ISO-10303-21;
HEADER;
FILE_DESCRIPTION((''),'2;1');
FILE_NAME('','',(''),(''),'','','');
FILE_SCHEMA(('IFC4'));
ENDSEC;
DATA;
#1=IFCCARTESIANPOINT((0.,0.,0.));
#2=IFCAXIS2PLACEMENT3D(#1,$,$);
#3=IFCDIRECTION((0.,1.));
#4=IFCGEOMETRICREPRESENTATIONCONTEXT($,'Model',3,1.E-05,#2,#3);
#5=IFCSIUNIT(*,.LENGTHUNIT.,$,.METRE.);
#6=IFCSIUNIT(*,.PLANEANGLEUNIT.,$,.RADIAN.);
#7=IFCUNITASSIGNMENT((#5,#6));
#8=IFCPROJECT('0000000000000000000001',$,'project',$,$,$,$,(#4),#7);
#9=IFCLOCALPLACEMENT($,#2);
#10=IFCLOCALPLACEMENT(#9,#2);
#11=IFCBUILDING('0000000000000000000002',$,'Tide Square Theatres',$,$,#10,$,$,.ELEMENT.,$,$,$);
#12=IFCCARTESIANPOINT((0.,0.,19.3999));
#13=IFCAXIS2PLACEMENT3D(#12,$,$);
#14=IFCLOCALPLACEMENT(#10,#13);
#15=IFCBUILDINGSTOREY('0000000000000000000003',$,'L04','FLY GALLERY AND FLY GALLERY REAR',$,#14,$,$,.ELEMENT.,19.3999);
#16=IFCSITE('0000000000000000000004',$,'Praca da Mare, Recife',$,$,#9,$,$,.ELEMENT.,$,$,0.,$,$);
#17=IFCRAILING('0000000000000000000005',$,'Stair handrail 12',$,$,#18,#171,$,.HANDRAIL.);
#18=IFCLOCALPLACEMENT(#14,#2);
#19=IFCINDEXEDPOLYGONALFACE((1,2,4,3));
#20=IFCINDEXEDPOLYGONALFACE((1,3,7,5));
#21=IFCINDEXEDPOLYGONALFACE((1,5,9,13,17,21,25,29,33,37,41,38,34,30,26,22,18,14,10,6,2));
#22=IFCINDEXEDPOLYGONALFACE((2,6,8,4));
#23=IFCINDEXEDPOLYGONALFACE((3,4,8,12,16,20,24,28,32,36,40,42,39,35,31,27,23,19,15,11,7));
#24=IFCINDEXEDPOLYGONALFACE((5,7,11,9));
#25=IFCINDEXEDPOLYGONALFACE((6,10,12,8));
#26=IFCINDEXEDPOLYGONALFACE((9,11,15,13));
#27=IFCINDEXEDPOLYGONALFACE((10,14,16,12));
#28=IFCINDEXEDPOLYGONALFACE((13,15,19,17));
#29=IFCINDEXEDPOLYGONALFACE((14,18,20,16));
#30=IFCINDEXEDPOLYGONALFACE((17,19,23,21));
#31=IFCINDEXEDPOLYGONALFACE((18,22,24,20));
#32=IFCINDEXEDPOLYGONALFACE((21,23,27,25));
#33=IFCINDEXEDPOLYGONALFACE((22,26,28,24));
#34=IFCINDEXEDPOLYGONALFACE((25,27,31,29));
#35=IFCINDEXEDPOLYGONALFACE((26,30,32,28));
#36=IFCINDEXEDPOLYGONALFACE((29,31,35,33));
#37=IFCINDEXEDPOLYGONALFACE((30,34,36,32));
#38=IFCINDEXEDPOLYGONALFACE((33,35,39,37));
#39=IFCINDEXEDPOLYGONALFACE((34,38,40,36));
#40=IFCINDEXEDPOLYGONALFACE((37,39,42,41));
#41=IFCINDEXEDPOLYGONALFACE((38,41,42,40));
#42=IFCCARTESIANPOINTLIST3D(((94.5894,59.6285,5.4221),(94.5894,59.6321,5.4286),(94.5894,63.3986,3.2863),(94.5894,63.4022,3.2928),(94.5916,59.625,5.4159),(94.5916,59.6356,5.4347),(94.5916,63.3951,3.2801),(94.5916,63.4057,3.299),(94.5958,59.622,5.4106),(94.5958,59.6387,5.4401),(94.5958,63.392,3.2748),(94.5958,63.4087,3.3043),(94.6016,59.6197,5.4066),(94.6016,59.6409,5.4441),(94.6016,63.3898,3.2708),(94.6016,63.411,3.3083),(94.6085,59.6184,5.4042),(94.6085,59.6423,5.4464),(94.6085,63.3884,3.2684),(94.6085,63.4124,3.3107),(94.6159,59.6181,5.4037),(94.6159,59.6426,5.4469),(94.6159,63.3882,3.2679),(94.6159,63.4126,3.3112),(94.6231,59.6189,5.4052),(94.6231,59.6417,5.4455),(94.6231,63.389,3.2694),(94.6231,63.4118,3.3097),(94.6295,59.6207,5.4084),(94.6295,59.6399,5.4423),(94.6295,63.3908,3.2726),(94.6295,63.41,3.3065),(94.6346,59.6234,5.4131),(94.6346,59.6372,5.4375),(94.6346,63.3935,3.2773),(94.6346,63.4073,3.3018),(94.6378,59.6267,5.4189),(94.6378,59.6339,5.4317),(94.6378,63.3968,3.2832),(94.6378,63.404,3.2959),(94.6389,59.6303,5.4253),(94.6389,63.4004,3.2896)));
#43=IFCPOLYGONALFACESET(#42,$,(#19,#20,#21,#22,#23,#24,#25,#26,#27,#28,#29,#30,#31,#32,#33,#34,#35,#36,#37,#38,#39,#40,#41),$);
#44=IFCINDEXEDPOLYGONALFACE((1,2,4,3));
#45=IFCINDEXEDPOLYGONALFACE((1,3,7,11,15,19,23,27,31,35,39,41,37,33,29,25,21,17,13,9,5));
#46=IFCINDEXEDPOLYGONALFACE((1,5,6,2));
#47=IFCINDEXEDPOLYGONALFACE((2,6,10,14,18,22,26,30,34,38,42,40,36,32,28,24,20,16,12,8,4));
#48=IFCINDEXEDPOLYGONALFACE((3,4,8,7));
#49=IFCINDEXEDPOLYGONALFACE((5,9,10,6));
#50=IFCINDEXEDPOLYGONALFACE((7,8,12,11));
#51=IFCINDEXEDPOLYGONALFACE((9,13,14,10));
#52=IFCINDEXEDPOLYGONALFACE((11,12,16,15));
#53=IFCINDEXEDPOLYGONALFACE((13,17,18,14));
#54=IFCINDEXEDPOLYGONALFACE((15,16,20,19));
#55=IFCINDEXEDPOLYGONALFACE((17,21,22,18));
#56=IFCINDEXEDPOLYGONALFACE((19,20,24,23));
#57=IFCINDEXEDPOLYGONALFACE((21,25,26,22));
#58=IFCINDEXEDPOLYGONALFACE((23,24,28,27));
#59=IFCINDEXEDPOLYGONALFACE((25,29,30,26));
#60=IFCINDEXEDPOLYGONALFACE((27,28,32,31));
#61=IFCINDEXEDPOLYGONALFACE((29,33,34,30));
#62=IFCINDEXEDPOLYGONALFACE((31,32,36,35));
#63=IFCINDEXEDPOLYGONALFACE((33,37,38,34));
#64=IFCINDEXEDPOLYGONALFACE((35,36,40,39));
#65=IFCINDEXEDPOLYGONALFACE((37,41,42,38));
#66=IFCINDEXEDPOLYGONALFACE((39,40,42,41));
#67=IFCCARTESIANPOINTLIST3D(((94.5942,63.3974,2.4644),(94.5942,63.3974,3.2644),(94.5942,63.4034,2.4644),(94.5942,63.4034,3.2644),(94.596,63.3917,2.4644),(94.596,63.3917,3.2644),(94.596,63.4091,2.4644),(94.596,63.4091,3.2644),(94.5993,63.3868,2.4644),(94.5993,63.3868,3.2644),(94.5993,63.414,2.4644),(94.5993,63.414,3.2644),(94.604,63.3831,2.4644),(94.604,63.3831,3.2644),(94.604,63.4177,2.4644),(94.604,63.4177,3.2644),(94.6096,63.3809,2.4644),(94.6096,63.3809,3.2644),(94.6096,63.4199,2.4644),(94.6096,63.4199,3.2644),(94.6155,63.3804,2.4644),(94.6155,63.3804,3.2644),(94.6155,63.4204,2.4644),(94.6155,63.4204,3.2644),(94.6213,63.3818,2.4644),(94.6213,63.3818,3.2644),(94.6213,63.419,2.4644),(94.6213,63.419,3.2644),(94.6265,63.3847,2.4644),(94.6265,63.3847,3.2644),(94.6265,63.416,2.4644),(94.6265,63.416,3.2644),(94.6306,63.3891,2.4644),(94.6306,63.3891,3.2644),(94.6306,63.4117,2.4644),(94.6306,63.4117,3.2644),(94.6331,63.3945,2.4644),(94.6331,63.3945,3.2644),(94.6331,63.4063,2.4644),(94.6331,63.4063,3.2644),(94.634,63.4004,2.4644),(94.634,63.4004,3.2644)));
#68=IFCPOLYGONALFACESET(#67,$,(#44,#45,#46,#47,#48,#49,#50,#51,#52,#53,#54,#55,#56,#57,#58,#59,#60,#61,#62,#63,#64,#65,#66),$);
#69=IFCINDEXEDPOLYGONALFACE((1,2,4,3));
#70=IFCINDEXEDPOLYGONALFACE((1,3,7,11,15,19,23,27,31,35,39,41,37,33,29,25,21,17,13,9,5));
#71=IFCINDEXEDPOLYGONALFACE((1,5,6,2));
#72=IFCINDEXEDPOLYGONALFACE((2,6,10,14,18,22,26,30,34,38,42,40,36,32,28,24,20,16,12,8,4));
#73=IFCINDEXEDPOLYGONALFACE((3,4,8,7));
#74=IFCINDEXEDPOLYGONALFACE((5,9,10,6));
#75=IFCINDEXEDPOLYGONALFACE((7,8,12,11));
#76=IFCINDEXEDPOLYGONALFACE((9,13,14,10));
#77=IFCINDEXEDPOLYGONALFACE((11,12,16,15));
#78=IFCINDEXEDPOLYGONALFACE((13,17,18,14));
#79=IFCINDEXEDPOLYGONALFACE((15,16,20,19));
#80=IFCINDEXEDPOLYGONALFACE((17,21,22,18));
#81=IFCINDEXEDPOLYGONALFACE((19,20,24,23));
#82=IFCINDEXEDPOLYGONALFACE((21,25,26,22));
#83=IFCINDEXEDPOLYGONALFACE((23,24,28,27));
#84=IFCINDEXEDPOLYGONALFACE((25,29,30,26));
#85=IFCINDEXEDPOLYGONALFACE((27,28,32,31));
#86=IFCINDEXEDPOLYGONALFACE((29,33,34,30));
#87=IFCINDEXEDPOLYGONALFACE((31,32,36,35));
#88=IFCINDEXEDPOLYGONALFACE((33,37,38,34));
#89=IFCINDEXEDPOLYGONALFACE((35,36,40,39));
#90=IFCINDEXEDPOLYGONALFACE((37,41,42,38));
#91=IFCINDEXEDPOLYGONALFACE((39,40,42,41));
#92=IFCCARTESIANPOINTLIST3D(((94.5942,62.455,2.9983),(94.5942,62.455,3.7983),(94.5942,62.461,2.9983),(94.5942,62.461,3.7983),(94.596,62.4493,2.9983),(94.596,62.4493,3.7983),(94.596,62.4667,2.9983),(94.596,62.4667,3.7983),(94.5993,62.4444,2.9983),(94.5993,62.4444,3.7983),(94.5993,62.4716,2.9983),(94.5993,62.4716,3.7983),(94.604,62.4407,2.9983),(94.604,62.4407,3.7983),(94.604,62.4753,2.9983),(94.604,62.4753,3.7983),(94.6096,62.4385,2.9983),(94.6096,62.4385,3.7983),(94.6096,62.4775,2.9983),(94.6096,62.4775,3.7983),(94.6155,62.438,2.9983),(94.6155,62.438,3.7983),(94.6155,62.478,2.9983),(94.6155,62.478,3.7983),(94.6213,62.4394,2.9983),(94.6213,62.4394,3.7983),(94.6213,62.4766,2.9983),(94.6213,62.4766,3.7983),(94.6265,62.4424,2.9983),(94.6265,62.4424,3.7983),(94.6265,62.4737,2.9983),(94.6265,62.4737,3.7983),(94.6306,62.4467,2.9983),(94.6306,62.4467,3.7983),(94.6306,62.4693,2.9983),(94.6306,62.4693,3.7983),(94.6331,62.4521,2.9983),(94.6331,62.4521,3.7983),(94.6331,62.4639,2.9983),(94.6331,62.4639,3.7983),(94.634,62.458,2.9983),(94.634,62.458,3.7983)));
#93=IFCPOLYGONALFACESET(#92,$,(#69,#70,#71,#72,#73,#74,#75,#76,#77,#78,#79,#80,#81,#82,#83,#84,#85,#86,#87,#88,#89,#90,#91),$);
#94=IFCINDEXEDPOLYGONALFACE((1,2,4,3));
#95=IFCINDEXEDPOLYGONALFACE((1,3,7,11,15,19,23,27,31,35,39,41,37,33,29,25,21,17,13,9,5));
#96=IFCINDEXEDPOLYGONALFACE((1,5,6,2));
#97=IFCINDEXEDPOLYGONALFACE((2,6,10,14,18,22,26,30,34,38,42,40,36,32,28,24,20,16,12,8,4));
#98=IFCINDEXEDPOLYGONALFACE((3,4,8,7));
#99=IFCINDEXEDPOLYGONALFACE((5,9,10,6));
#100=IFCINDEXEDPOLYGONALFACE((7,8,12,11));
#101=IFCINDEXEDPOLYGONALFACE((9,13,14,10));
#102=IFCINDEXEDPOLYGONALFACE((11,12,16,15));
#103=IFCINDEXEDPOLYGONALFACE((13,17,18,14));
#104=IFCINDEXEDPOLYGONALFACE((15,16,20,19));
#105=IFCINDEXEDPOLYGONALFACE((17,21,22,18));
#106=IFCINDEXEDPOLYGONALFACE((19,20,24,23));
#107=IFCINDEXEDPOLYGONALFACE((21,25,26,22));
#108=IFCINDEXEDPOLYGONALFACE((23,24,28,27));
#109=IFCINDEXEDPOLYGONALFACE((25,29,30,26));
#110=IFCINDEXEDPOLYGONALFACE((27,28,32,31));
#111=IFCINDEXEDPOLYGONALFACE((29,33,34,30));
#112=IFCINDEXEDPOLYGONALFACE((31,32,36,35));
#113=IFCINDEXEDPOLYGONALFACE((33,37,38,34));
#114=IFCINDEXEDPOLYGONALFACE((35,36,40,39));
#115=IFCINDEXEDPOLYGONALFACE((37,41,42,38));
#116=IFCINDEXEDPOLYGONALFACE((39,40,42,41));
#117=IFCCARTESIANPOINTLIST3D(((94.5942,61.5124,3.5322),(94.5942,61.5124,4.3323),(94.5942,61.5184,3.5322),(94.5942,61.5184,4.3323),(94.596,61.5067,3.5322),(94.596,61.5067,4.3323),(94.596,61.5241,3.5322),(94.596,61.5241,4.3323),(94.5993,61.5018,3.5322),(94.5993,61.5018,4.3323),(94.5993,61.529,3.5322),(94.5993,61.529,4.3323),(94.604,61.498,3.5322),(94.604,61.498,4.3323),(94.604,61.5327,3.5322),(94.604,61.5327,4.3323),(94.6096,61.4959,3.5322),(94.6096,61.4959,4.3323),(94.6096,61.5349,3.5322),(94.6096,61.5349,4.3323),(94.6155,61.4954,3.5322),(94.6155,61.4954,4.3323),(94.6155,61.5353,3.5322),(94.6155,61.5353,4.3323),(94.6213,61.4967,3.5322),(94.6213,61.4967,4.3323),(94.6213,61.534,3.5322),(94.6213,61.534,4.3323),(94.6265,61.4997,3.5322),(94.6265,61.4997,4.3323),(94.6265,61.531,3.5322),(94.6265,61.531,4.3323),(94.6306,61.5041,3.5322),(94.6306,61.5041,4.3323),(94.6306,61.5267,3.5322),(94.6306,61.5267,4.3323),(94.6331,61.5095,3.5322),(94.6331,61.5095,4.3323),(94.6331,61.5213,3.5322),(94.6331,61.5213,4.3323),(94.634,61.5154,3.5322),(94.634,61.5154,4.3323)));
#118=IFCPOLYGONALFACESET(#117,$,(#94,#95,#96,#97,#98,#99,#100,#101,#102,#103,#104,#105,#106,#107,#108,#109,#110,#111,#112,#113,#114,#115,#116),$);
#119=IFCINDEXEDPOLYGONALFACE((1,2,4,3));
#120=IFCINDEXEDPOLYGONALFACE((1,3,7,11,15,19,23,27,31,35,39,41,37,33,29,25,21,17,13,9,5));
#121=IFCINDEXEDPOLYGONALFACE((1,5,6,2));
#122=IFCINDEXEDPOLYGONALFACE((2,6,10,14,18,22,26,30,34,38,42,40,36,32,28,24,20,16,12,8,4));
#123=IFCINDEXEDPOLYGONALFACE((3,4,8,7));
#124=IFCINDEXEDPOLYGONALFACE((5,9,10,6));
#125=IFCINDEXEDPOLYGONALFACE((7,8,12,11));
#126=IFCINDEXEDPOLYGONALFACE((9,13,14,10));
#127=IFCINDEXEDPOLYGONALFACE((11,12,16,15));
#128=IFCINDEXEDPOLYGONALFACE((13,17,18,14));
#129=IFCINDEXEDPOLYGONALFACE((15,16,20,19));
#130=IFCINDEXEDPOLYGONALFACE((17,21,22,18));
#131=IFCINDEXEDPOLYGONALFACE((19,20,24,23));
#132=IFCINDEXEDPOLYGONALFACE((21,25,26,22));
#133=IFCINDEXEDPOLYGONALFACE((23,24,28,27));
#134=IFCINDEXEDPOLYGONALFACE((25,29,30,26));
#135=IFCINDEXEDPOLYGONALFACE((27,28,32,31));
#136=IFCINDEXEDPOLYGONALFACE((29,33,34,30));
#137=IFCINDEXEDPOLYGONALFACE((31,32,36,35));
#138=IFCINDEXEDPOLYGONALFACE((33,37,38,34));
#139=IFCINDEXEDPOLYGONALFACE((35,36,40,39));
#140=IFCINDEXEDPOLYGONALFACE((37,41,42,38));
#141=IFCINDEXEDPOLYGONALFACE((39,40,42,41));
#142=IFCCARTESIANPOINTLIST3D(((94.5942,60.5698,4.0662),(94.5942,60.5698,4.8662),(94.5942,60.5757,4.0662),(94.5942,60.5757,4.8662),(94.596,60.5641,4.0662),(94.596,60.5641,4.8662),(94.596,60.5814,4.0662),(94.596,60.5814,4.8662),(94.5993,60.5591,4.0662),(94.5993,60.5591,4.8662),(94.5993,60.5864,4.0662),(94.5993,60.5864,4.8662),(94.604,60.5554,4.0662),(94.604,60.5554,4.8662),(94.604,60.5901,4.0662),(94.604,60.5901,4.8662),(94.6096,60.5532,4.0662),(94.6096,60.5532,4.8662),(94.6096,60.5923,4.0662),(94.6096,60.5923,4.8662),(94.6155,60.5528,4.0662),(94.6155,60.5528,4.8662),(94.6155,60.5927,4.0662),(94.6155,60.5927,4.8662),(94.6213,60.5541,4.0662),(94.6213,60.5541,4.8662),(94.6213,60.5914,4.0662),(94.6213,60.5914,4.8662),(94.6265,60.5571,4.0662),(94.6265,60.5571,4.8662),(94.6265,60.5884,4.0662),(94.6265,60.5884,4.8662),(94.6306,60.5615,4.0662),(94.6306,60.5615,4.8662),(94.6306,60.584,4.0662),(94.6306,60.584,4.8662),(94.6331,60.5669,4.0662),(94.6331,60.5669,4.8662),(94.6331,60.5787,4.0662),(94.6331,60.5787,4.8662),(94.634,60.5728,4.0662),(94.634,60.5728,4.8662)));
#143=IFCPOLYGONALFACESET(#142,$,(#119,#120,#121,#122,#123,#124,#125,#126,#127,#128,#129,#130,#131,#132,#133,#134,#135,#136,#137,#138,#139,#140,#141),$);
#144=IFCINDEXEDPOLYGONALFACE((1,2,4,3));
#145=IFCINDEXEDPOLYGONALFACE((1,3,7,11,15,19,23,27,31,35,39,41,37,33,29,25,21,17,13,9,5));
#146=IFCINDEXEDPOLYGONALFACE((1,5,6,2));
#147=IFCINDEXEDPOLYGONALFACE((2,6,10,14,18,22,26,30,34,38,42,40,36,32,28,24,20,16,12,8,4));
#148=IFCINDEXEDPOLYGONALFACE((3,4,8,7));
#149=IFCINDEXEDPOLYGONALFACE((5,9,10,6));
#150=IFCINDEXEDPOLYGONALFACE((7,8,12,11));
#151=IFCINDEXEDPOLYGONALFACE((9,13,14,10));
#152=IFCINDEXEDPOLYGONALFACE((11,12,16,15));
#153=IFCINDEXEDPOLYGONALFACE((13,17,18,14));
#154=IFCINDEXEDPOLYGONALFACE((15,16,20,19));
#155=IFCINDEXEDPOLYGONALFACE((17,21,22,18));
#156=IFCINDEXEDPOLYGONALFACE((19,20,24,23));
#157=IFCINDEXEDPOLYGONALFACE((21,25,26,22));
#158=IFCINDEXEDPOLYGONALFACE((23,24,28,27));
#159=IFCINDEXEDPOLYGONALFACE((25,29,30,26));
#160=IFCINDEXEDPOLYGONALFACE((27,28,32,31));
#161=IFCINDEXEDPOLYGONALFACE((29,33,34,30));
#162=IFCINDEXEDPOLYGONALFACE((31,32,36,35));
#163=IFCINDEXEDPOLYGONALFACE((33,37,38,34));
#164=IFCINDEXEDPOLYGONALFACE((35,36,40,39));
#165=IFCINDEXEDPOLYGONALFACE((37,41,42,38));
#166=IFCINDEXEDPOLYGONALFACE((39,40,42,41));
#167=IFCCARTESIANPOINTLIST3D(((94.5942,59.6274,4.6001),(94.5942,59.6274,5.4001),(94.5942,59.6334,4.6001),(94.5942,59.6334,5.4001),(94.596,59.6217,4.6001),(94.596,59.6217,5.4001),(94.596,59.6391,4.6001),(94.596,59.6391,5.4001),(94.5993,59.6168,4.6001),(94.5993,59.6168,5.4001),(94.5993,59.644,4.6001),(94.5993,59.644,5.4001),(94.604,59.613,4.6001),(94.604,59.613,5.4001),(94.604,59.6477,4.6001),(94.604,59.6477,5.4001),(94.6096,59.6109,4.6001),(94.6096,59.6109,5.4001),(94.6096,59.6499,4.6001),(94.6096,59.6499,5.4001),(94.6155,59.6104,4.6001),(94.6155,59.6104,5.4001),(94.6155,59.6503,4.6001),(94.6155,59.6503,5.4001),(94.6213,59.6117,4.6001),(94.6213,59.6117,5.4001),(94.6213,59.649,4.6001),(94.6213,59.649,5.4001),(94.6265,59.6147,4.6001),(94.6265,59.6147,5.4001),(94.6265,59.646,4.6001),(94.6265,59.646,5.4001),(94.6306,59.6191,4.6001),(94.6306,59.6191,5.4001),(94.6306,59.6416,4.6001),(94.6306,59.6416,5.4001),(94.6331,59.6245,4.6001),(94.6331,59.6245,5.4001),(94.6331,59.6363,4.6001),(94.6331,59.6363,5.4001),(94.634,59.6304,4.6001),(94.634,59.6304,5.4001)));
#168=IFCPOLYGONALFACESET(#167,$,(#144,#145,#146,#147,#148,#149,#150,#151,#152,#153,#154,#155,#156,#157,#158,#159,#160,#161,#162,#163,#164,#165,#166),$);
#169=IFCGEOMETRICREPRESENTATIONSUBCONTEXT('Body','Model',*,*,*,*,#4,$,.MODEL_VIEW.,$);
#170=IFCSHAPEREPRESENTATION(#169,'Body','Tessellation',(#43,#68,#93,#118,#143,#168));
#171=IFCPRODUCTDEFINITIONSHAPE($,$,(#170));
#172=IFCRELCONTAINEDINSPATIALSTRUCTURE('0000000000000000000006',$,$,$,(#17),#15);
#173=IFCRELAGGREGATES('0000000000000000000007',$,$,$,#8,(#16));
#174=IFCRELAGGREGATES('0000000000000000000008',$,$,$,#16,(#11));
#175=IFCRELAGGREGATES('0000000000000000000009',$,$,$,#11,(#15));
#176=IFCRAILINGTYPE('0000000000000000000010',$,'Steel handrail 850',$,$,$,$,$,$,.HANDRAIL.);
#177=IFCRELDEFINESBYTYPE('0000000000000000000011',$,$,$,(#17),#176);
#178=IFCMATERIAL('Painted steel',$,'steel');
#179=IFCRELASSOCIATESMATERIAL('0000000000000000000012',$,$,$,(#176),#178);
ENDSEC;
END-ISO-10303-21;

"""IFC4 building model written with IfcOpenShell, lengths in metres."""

from ifc_helpers import new_model, si_unit, direction, frame, origin, origin_2d, place, context, subcontext, project, spatial, circle, extrude, material, type_object, element, save


model = new_model("IFC4")

# Units and contexts
model_context = context("Model", 3, precision=1e-05, world=origin(), true_north=direction((0.0, 1.0)))
body_context = subcontext(model_context, "Body", "Model", "MODEL_VIEW")
ifc_project = project(units=[si_unit("LENGTHUNIT", "METRE"), si_unit("PLANEANGLEUNIT", "RADIAN")], contexts=[model_context])

# Site, building, storey
site_placement = place(None, origin())
site = spatial("IfcSite", under=ifc_project, at=site_placement, Name="Praca da Mare, Recife", CompositionType="ELEMENT", RefElevation=0.0)
building_placement = place(site_placement, origin())
building = spatial("IfcBuilding", under=site, at=building_placement, Name="Tide Square Theatres", CompositionType="ELEMENT")
storey_placement = place(building_placement, frame((0.0, 0.0, 19.3999)))
storey = spatial("IfcBuildingStorey", under=building, at=storey_placement, Name="L04", Description="FLY GALLERY AND FLY GALLERY REAR", CompositionType="ELEMENT", Elevation=19.3999)

# Railing
ifc_material_1 = material(Name="Painted steel", Category="steel")
railing_type_1 = type_object("IfcRailingType", Name="Steel handrail 850", PredefinedType="HANDRAIL", material=ifc_material_1)
for number, where, name in (
    (1, (94.614, 63.4004, 2.4644), "Stair handrail 12"),
):
    element("IfcRailing", number, at=place(storey_placement, frame(where)), inside=storey, type_object=railing_type_1, Name=name, PredefinedType="HANDRAIL", context=body_context, shape_type="SweptSolid", body=[
        extrude(circle(Radius=0.0249, at=origin_2d()), frame((0.0, 0.0, 0.8252), z_axis=(0.0, -0.870082, 0.492907), x_axis=(1.0, 0.0, 0.0)), (0.0, 0.0, 1.0), 4.333),
        extrude(circle(Radius=0.02, at=origin_2d()), origin(), (0.0, 0.0, 1.0), 0.8),
        extrude(circle(Radius=0.02, at=origin_2d()), frame((0.0, -0.9424, 0.5339)), (0.0, 0.0, 1.0), 0.8),
        extrude(circle(Radius=0.02, at=origin_2d()), frame((0.0, -1.885, 1.0679)), (0.0, 0.0, 1.0), 0.8),
        extrude(circle(Radius=0.02, at=origin_2d()), frame((0.0, -2.8276, 1.6018)), (0.0, 0.0, 1.0), 0.8),
        extrude(circle(Radius=0.02, at=origin_2d()), frame((0.0, -3.77, 2.1357)), (0.0, 0.0, 1.0), 0.8),
    ])

save(model, "model.ifc")
